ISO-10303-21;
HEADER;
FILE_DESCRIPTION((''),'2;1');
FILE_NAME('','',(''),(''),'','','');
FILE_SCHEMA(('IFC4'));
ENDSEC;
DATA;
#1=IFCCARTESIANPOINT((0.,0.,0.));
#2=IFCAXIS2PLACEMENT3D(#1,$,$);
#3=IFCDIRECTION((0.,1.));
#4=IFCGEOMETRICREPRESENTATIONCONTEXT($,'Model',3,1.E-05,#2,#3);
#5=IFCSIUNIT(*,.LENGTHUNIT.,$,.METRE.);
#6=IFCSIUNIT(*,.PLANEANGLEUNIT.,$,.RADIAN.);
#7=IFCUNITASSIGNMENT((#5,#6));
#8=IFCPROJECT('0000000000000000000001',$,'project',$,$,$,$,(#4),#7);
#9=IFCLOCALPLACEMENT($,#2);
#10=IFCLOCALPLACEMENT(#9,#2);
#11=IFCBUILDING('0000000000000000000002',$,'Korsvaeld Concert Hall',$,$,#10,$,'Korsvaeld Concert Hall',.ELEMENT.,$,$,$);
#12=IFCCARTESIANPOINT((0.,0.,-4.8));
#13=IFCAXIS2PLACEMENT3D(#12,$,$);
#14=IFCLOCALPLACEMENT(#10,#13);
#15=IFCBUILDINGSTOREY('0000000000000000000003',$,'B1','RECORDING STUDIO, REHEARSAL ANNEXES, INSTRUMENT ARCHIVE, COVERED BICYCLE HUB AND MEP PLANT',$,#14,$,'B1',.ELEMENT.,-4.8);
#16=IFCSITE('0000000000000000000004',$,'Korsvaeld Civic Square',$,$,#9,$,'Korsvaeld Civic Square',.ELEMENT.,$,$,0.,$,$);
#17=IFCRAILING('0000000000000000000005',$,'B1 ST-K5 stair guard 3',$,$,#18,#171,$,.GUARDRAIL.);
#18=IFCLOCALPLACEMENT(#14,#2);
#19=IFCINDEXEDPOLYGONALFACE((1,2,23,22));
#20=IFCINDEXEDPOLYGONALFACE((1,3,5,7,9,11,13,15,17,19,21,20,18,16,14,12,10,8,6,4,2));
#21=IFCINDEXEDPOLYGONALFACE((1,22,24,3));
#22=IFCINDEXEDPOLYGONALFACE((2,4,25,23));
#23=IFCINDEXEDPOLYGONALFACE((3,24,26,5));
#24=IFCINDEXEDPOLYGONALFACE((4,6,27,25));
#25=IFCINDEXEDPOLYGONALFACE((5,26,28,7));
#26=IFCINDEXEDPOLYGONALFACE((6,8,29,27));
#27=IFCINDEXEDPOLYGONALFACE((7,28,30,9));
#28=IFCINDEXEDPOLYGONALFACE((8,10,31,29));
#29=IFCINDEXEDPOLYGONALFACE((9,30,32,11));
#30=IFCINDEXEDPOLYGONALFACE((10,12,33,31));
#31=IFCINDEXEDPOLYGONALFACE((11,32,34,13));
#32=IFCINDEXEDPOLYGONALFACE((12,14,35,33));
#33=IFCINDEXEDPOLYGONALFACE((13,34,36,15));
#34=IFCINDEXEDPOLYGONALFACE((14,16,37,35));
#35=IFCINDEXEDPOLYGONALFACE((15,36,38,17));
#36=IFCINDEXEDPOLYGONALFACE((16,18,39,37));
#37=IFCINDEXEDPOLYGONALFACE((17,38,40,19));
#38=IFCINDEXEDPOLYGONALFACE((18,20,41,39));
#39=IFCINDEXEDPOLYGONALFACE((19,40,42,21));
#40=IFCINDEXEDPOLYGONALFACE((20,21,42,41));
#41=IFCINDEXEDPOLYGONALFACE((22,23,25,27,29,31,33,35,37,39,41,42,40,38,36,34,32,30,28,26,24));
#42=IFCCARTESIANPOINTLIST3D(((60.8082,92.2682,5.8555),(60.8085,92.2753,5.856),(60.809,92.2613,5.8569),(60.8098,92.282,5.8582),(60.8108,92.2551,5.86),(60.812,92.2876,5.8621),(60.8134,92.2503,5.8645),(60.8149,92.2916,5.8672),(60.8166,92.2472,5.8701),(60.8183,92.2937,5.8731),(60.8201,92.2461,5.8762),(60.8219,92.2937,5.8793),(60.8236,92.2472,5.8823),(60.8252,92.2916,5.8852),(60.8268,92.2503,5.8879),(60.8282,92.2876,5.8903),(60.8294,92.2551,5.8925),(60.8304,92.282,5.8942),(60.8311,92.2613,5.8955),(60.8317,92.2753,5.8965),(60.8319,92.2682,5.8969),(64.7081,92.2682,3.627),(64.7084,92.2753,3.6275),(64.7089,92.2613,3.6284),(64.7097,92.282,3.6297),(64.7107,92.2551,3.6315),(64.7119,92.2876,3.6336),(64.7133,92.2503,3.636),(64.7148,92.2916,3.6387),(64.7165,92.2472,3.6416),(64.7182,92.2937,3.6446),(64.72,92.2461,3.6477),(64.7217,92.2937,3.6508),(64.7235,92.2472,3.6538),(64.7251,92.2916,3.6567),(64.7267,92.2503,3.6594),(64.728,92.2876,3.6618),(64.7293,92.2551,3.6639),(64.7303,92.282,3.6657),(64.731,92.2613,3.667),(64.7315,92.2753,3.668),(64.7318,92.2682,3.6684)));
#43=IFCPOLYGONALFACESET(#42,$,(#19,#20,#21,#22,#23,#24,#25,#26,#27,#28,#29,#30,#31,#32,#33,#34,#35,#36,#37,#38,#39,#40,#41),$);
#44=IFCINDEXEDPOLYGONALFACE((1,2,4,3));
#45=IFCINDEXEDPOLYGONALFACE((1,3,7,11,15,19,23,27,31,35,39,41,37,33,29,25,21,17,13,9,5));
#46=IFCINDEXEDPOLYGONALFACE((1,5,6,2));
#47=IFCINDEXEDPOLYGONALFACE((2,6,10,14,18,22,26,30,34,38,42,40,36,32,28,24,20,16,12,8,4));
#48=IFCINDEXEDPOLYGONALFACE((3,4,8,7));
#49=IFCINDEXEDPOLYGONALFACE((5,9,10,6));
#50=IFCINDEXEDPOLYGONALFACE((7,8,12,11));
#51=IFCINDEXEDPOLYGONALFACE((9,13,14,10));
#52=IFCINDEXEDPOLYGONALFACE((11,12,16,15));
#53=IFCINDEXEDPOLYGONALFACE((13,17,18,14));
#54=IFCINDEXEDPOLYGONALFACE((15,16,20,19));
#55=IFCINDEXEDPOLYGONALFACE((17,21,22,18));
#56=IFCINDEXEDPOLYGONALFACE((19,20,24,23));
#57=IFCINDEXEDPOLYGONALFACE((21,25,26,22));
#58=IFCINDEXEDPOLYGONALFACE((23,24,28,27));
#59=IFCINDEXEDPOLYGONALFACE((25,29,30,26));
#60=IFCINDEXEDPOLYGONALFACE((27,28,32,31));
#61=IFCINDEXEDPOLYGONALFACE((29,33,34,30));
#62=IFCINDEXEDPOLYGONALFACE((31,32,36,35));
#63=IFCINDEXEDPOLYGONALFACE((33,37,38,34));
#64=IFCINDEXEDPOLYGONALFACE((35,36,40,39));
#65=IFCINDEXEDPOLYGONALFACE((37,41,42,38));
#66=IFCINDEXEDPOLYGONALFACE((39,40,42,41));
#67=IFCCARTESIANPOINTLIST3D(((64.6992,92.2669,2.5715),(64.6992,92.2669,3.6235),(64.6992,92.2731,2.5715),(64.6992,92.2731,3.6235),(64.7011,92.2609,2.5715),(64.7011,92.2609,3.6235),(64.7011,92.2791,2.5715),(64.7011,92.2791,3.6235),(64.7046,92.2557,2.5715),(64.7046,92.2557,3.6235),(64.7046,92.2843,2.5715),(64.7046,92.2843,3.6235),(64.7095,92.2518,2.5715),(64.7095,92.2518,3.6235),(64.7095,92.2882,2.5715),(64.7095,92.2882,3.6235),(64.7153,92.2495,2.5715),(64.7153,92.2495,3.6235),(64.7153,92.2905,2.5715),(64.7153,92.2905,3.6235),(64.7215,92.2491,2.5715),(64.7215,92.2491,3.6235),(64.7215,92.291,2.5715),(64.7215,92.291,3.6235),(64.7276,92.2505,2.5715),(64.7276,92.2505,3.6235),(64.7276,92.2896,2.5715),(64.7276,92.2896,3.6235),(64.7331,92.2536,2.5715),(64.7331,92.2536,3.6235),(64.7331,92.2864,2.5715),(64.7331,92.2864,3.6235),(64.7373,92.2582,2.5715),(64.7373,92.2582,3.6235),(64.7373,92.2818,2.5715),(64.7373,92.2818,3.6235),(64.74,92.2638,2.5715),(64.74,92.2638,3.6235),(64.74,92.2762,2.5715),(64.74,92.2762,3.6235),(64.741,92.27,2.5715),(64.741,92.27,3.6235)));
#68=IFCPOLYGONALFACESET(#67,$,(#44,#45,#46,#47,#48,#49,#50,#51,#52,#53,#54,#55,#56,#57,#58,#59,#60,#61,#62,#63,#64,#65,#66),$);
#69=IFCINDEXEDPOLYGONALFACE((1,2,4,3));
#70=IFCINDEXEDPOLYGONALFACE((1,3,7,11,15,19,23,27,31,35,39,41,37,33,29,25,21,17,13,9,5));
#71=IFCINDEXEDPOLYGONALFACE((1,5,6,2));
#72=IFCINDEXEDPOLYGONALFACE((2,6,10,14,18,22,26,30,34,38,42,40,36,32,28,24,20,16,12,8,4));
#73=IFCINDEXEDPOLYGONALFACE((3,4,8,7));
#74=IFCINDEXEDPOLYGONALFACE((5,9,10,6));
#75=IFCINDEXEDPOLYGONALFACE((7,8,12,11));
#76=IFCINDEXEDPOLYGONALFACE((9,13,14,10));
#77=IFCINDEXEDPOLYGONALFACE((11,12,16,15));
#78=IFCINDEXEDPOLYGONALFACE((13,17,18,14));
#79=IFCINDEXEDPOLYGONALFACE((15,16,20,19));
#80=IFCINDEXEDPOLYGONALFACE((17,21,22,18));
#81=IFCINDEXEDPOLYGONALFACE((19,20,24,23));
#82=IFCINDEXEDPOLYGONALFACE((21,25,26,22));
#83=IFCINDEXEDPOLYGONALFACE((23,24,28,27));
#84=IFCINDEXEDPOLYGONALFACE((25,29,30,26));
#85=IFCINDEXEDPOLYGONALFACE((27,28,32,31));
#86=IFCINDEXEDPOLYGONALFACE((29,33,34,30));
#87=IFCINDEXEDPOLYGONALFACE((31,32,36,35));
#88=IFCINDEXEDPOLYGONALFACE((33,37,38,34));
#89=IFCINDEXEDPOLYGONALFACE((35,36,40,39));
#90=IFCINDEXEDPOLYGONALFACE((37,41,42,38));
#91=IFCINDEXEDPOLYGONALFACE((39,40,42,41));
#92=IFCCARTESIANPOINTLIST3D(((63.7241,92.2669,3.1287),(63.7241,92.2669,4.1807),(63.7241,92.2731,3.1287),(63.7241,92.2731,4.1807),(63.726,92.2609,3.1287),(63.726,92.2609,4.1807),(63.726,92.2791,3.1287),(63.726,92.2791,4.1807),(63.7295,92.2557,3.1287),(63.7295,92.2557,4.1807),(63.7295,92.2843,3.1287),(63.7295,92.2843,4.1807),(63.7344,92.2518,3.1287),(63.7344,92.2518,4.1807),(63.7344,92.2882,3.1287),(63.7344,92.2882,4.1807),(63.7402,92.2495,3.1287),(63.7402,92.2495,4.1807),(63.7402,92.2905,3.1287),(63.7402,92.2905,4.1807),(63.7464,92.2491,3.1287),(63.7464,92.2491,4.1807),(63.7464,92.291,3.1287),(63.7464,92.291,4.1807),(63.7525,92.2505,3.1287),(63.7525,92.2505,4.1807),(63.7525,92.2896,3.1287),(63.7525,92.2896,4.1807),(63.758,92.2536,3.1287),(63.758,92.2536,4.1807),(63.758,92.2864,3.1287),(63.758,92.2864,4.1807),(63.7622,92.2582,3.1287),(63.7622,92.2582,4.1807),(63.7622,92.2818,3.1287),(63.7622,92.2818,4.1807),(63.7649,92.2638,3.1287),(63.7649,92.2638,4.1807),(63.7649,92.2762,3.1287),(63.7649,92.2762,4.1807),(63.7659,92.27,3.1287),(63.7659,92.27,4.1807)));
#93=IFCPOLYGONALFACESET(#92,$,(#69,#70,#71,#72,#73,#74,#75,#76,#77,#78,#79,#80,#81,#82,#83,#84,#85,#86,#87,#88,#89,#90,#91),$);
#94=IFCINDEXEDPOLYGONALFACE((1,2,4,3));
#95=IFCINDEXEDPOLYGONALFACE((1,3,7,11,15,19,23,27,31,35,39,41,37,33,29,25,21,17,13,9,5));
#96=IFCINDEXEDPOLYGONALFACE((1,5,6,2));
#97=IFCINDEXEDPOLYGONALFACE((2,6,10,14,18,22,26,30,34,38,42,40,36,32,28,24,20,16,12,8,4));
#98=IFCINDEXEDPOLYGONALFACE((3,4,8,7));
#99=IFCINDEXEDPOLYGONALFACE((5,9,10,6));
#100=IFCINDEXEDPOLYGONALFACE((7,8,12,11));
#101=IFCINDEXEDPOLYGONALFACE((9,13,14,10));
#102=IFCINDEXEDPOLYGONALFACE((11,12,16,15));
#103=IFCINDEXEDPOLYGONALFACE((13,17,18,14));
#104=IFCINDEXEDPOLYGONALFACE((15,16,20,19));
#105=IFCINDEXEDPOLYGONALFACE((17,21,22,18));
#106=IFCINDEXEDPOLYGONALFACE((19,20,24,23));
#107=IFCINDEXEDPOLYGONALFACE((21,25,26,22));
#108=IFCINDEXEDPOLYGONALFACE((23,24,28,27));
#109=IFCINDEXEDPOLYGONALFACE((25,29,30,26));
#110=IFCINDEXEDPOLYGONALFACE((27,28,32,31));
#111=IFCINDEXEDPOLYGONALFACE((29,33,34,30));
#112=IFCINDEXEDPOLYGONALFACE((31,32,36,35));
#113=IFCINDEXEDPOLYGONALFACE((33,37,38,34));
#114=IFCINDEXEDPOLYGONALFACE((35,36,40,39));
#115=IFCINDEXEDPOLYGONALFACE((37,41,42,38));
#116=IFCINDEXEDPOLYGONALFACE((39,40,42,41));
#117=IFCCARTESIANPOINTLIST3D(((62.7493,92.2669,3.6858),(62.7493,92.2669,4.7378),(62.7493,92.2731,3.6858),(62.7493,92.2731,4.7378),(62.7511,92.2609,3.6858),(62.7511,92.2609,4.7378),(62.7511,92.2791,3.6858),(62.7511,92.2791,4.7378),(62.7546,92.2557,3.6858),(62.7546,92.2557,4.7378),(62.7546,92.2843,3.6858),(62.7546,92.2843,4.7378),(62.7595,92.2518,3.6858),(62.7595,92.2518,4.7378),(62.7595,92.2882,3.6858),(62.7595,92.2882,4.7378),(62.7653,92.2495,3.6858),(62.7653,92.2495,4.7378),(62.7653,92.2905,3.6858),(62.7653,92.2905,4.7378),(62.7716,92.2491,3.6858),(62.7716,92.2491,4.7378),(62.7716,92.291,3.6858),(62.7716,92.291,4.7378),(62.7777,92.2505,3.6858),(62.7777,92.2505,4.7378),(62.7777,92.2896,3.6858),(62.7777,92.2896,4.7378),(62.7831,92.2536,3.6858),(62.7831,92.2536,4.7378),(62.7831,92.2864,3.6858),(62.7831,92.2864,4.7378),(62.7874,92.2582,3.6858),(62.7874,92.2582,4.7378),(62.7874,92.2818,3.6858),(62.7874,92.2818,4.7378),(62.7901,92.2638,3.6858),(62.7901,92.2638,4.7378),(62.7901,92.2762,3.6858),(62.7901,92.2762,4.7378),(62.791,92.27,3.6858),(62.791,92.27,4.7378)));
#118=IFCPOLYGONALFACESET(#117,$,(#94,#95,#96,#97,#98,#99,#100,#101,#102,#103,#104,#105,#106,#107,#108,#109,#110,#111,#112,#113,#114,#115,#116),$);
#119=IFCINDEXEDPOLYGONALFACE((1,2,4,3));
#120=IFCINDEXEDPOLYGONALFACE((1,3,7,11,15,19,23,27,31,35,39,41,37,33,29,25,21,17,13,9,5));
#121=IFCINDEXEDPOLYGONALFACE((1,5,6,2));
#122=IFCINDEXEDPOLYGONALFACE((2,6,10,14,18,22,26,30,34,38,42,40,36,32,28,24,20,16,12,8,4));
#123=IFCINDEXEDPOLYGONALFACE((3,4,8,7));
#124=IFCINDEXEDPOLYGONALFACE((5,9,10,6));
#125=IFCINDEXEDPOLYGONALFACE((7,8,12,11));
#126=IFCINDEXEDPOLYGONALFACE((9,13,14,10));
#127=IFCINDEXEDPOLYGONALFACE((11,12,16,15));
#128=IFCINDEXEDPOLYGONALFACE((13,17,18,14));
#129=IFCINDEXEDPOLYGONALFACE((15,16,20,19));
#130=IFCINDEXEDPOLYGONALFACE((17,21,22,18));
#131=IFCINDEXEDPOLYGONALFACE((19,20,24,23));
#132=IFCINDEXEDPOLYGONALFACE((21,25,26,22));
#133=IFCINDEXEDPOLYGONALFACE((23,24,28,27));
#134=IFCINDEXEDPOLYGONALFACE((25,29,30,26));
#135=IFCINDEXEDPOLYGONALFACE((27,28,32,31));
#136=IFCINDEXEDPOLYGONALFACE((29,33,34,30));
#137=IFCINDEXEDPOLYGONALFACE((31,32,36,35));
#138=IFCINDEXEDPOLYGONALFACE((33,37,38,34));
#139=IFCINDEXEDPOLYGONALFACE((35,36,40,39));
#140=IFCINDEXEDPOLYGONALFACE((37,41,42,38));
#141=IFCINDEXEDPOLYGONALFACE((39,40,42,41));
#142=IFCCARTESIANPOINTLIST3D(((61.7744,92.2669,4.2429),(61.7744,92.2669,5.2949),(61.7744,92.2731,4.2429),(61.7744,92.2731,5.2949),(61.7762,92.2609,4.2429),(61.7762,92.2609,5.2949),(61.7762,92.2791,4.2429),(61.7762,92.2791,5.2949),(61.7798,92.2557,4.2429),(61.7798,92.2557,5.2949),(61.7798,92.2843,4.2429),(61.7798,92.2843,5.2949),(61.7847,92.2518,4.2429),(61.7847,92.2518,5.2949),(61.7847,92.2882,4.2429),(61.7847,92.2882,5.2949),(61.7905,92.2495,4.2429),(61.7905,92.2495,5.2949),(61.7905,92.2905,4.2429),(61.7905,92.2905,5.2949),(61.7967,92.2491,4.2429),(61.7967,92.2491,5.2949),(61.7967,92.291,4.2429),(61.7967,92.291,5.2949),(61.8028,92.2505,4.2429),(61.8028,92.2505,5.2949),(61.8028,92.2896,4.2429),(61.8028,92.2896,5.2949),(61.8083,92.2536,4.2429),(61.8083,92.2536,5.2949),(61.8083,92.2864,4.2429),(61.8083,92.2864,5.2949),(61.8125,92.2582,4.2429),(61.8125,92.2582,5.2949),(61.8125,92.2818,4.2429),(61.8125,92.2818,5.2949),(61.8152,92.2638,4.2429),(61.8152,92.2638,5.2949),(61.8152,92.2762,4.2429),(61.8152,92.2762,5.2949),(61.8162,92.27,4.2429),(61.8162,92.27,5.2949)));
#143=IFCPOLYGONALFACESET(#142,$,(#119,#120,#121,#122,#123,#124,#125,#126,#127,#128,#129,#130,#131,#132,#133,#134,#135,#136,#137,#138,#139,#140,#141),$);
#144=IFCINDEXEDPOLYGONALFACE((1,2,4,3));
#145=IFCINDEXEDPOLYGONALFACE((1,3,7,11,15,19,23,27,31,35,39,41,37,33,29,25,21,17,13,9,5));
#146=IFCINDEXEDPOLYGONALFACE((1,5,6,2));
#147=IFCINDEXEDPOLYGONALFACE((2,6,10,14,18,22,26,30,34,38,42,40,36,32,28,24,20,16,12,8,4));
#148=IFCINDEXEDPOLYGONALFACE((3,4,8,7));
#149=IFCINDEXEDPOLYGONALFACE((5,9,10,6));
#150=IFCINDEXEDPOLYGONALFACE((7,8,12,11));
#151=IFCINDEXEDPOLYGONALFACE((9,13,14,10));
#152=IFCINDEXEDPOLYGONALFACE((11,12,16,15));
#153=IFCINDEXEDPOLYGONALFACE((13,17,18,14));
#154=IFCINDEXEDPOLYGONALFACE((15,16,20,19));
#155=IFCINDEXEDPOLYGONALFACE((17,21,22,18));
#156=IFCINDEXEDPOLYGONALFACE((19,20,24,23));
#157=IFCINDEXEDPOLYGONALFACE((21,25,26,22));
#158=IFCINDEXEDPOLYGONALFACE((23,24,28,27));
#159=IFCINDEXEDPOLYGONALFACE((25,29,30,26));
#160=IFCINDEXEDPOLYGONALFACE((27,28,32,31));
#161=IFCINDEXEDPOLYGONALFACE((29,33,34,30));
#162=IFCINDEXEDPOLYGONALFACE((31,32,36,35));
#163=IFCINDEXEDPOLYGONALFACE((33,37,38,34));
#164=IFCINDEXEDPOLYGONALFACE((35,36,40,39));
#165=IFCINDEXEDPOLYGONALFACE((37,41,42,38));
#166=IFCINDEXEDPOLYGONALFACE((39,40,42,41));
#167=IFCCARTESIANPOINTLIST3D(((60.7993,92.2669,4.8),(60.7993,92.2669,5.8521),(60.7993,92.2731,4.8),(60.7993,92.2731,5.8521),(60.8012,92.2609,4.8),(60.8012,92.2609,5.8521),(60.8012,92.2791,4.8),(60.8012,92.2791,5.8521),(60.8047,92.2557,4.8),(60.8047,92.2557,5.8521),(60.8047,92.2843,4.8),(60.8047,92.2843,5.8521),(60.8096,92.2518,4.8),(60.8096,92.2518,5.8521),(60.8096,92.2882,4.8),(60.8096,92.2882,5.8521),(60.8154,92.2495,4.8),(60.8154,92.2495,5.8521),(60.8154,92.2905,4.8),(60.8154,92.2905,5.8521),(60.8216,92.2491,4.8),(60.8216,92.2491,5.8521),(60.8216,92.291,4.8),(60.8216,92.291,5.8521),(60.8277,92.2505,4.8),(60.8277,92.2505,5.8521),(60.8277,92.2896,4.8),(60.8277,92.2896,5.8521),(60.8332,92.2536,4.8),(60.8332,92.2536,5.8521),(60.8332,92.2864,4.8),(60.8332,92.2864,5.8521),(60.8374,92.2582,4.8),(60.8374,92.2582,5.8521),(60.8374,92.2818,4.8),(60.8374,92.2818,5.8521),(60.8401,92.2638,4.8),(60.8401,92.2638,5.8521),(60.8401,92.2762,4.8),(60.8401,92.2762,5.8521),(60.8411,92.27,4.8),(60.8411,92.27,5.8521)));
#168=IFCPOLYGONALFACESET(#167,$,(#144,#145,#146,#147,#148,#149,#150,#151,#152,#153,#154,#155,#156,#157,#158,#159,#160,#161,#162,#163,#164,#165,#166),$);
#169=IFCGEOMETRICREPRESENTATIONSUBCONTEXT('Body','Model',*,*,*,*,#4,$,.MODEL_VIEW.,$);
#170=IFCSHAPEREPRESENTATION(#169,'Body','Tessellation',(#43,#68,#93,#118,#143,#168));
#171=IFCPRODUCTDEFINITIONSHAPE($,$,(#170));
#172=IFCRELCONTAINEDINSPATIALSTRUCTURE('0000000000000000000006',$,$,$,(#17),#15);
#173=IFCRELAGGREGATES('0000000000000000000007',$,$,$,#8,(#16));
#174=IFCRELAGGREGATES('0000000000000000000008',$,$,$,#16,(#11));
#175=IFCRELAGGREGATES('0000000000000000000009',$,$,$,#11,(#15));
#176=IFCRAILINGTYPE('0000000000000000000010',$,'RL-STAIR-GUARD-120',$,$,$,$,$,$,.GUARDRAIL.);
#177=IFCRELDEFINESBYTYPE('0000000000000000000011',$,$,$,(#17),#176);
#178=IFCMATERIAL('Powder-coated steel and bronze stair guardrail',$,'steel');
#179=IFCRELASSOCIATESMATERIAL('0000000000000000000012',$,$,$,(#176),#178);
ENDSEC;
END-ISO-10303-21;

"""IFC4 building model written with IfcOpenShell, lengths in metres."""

from ifc_helpers import new_model, si_unit, direction, frame, origin, origin_2d, place, context, subcontext, project, spatial, circle, extrude, material, type_object, element, save


model = new_model("IFC4")

# Units and contexts
model_context = context("Model", 3, precision=1e-05, world=origin(), true_north=direction((0.0, 1.0)))
body_context = subcontext(model_context, "Body", "Model", "MODEL_VIEW")
ifc_project = project(units=[si_unit("LENGTHUNIT", "METRE"), si_unit("PLANEANGLEUNIT", "RADIAN")], contexts=[model_context])

# Site, building, storey
site_placement = place(None, origin())
site = spatial("IfcSite", under=ifc_project, at=site_placement, Name="Korsvaeld Civic Square", LongName="Korsvaeld Civic Square", CompositionType="ELEMENT", RefElevation=0.0)
building_placement = place(site_placement, origin())
building = spatial("IfcBuilding", under=site, at=building_placement, Name="Korsvaeld Concert Hall", LongName="Korsvaeld Concert Hall", CompositionType="ELEMENT")
storey_placement = place(building_placement, frame((0.0, 0.0, -4.8)))
storey = spatial("IfcBuildingStorey", under=building, at=storey_placement, Name="B1", Description="RECORDING STUDIO, REHEARSAL ANNEXES, INSTRUMENT ARCHIVE, COVERED BICYCLE HUB AND MEP PLANT", LongName="B1", CompositionType="ELEMENT", Elevation=-4.8)

# Railing
ifc_material_1 = material(Name="Powder-coated steel and bronze stair guardrail", Category="steel")
railing_type_1 = type_object("IfcRailingType", Name="RL-STAIR-GUARD-120", PredefinedType="GUARDRAIL", material=ifc_material_1)
railing_1_placement = place(storey_placement, frame((64.72, 92.27, 2.5715)))
element("IfcRailing", 1, at=railing_1_placement, inside=storey, type_object=railing_type_1, Name="B1 ST-K5 stair guard 3", PredefinedType="GUARDRAIL", context=body_context, shape_type="SweptSolid", body=[
    extrude(circle(Radius=0.0239, at=origin_2d()), frame((0.0, 0.0, 1.0762), z_axis=(-0.868243, 0.0, 0.496139), x_axis=(0.0, -1.0, 0.0)), (0.0, 0.0, 1.0), 4.4917),
    extrude(circle(Radius=0.021, at=origin_2d()), origin(), (0.0, 0.0, 1.0), 1.052),
    extrude(circle(Radius=0.021, at=origin_2d()), frame((-0.9751, 0.0, 0.5571)), (0.0, 0.0, 1.0), 1.052),
    extrude(circle(Radius=0.021, at=origin_2d()), frame((-1.95, 0.0, 1.1143)), (0.0, 0.0, 1.0), 1.052),
    extrude(circle(Radius=0.021, at=origin_2d()), frame((-2.9248, 0.0, 1.6714)), (0.0, 0.0, 1.0), 1.052),
    extrude(circle(Radius=0.021, at=origin_2d()), frame((-3.8999, 0.0, 2.2285)), (0.0, 0.0, 1.0), 1.052),
])

save(model, "model.ifc")
